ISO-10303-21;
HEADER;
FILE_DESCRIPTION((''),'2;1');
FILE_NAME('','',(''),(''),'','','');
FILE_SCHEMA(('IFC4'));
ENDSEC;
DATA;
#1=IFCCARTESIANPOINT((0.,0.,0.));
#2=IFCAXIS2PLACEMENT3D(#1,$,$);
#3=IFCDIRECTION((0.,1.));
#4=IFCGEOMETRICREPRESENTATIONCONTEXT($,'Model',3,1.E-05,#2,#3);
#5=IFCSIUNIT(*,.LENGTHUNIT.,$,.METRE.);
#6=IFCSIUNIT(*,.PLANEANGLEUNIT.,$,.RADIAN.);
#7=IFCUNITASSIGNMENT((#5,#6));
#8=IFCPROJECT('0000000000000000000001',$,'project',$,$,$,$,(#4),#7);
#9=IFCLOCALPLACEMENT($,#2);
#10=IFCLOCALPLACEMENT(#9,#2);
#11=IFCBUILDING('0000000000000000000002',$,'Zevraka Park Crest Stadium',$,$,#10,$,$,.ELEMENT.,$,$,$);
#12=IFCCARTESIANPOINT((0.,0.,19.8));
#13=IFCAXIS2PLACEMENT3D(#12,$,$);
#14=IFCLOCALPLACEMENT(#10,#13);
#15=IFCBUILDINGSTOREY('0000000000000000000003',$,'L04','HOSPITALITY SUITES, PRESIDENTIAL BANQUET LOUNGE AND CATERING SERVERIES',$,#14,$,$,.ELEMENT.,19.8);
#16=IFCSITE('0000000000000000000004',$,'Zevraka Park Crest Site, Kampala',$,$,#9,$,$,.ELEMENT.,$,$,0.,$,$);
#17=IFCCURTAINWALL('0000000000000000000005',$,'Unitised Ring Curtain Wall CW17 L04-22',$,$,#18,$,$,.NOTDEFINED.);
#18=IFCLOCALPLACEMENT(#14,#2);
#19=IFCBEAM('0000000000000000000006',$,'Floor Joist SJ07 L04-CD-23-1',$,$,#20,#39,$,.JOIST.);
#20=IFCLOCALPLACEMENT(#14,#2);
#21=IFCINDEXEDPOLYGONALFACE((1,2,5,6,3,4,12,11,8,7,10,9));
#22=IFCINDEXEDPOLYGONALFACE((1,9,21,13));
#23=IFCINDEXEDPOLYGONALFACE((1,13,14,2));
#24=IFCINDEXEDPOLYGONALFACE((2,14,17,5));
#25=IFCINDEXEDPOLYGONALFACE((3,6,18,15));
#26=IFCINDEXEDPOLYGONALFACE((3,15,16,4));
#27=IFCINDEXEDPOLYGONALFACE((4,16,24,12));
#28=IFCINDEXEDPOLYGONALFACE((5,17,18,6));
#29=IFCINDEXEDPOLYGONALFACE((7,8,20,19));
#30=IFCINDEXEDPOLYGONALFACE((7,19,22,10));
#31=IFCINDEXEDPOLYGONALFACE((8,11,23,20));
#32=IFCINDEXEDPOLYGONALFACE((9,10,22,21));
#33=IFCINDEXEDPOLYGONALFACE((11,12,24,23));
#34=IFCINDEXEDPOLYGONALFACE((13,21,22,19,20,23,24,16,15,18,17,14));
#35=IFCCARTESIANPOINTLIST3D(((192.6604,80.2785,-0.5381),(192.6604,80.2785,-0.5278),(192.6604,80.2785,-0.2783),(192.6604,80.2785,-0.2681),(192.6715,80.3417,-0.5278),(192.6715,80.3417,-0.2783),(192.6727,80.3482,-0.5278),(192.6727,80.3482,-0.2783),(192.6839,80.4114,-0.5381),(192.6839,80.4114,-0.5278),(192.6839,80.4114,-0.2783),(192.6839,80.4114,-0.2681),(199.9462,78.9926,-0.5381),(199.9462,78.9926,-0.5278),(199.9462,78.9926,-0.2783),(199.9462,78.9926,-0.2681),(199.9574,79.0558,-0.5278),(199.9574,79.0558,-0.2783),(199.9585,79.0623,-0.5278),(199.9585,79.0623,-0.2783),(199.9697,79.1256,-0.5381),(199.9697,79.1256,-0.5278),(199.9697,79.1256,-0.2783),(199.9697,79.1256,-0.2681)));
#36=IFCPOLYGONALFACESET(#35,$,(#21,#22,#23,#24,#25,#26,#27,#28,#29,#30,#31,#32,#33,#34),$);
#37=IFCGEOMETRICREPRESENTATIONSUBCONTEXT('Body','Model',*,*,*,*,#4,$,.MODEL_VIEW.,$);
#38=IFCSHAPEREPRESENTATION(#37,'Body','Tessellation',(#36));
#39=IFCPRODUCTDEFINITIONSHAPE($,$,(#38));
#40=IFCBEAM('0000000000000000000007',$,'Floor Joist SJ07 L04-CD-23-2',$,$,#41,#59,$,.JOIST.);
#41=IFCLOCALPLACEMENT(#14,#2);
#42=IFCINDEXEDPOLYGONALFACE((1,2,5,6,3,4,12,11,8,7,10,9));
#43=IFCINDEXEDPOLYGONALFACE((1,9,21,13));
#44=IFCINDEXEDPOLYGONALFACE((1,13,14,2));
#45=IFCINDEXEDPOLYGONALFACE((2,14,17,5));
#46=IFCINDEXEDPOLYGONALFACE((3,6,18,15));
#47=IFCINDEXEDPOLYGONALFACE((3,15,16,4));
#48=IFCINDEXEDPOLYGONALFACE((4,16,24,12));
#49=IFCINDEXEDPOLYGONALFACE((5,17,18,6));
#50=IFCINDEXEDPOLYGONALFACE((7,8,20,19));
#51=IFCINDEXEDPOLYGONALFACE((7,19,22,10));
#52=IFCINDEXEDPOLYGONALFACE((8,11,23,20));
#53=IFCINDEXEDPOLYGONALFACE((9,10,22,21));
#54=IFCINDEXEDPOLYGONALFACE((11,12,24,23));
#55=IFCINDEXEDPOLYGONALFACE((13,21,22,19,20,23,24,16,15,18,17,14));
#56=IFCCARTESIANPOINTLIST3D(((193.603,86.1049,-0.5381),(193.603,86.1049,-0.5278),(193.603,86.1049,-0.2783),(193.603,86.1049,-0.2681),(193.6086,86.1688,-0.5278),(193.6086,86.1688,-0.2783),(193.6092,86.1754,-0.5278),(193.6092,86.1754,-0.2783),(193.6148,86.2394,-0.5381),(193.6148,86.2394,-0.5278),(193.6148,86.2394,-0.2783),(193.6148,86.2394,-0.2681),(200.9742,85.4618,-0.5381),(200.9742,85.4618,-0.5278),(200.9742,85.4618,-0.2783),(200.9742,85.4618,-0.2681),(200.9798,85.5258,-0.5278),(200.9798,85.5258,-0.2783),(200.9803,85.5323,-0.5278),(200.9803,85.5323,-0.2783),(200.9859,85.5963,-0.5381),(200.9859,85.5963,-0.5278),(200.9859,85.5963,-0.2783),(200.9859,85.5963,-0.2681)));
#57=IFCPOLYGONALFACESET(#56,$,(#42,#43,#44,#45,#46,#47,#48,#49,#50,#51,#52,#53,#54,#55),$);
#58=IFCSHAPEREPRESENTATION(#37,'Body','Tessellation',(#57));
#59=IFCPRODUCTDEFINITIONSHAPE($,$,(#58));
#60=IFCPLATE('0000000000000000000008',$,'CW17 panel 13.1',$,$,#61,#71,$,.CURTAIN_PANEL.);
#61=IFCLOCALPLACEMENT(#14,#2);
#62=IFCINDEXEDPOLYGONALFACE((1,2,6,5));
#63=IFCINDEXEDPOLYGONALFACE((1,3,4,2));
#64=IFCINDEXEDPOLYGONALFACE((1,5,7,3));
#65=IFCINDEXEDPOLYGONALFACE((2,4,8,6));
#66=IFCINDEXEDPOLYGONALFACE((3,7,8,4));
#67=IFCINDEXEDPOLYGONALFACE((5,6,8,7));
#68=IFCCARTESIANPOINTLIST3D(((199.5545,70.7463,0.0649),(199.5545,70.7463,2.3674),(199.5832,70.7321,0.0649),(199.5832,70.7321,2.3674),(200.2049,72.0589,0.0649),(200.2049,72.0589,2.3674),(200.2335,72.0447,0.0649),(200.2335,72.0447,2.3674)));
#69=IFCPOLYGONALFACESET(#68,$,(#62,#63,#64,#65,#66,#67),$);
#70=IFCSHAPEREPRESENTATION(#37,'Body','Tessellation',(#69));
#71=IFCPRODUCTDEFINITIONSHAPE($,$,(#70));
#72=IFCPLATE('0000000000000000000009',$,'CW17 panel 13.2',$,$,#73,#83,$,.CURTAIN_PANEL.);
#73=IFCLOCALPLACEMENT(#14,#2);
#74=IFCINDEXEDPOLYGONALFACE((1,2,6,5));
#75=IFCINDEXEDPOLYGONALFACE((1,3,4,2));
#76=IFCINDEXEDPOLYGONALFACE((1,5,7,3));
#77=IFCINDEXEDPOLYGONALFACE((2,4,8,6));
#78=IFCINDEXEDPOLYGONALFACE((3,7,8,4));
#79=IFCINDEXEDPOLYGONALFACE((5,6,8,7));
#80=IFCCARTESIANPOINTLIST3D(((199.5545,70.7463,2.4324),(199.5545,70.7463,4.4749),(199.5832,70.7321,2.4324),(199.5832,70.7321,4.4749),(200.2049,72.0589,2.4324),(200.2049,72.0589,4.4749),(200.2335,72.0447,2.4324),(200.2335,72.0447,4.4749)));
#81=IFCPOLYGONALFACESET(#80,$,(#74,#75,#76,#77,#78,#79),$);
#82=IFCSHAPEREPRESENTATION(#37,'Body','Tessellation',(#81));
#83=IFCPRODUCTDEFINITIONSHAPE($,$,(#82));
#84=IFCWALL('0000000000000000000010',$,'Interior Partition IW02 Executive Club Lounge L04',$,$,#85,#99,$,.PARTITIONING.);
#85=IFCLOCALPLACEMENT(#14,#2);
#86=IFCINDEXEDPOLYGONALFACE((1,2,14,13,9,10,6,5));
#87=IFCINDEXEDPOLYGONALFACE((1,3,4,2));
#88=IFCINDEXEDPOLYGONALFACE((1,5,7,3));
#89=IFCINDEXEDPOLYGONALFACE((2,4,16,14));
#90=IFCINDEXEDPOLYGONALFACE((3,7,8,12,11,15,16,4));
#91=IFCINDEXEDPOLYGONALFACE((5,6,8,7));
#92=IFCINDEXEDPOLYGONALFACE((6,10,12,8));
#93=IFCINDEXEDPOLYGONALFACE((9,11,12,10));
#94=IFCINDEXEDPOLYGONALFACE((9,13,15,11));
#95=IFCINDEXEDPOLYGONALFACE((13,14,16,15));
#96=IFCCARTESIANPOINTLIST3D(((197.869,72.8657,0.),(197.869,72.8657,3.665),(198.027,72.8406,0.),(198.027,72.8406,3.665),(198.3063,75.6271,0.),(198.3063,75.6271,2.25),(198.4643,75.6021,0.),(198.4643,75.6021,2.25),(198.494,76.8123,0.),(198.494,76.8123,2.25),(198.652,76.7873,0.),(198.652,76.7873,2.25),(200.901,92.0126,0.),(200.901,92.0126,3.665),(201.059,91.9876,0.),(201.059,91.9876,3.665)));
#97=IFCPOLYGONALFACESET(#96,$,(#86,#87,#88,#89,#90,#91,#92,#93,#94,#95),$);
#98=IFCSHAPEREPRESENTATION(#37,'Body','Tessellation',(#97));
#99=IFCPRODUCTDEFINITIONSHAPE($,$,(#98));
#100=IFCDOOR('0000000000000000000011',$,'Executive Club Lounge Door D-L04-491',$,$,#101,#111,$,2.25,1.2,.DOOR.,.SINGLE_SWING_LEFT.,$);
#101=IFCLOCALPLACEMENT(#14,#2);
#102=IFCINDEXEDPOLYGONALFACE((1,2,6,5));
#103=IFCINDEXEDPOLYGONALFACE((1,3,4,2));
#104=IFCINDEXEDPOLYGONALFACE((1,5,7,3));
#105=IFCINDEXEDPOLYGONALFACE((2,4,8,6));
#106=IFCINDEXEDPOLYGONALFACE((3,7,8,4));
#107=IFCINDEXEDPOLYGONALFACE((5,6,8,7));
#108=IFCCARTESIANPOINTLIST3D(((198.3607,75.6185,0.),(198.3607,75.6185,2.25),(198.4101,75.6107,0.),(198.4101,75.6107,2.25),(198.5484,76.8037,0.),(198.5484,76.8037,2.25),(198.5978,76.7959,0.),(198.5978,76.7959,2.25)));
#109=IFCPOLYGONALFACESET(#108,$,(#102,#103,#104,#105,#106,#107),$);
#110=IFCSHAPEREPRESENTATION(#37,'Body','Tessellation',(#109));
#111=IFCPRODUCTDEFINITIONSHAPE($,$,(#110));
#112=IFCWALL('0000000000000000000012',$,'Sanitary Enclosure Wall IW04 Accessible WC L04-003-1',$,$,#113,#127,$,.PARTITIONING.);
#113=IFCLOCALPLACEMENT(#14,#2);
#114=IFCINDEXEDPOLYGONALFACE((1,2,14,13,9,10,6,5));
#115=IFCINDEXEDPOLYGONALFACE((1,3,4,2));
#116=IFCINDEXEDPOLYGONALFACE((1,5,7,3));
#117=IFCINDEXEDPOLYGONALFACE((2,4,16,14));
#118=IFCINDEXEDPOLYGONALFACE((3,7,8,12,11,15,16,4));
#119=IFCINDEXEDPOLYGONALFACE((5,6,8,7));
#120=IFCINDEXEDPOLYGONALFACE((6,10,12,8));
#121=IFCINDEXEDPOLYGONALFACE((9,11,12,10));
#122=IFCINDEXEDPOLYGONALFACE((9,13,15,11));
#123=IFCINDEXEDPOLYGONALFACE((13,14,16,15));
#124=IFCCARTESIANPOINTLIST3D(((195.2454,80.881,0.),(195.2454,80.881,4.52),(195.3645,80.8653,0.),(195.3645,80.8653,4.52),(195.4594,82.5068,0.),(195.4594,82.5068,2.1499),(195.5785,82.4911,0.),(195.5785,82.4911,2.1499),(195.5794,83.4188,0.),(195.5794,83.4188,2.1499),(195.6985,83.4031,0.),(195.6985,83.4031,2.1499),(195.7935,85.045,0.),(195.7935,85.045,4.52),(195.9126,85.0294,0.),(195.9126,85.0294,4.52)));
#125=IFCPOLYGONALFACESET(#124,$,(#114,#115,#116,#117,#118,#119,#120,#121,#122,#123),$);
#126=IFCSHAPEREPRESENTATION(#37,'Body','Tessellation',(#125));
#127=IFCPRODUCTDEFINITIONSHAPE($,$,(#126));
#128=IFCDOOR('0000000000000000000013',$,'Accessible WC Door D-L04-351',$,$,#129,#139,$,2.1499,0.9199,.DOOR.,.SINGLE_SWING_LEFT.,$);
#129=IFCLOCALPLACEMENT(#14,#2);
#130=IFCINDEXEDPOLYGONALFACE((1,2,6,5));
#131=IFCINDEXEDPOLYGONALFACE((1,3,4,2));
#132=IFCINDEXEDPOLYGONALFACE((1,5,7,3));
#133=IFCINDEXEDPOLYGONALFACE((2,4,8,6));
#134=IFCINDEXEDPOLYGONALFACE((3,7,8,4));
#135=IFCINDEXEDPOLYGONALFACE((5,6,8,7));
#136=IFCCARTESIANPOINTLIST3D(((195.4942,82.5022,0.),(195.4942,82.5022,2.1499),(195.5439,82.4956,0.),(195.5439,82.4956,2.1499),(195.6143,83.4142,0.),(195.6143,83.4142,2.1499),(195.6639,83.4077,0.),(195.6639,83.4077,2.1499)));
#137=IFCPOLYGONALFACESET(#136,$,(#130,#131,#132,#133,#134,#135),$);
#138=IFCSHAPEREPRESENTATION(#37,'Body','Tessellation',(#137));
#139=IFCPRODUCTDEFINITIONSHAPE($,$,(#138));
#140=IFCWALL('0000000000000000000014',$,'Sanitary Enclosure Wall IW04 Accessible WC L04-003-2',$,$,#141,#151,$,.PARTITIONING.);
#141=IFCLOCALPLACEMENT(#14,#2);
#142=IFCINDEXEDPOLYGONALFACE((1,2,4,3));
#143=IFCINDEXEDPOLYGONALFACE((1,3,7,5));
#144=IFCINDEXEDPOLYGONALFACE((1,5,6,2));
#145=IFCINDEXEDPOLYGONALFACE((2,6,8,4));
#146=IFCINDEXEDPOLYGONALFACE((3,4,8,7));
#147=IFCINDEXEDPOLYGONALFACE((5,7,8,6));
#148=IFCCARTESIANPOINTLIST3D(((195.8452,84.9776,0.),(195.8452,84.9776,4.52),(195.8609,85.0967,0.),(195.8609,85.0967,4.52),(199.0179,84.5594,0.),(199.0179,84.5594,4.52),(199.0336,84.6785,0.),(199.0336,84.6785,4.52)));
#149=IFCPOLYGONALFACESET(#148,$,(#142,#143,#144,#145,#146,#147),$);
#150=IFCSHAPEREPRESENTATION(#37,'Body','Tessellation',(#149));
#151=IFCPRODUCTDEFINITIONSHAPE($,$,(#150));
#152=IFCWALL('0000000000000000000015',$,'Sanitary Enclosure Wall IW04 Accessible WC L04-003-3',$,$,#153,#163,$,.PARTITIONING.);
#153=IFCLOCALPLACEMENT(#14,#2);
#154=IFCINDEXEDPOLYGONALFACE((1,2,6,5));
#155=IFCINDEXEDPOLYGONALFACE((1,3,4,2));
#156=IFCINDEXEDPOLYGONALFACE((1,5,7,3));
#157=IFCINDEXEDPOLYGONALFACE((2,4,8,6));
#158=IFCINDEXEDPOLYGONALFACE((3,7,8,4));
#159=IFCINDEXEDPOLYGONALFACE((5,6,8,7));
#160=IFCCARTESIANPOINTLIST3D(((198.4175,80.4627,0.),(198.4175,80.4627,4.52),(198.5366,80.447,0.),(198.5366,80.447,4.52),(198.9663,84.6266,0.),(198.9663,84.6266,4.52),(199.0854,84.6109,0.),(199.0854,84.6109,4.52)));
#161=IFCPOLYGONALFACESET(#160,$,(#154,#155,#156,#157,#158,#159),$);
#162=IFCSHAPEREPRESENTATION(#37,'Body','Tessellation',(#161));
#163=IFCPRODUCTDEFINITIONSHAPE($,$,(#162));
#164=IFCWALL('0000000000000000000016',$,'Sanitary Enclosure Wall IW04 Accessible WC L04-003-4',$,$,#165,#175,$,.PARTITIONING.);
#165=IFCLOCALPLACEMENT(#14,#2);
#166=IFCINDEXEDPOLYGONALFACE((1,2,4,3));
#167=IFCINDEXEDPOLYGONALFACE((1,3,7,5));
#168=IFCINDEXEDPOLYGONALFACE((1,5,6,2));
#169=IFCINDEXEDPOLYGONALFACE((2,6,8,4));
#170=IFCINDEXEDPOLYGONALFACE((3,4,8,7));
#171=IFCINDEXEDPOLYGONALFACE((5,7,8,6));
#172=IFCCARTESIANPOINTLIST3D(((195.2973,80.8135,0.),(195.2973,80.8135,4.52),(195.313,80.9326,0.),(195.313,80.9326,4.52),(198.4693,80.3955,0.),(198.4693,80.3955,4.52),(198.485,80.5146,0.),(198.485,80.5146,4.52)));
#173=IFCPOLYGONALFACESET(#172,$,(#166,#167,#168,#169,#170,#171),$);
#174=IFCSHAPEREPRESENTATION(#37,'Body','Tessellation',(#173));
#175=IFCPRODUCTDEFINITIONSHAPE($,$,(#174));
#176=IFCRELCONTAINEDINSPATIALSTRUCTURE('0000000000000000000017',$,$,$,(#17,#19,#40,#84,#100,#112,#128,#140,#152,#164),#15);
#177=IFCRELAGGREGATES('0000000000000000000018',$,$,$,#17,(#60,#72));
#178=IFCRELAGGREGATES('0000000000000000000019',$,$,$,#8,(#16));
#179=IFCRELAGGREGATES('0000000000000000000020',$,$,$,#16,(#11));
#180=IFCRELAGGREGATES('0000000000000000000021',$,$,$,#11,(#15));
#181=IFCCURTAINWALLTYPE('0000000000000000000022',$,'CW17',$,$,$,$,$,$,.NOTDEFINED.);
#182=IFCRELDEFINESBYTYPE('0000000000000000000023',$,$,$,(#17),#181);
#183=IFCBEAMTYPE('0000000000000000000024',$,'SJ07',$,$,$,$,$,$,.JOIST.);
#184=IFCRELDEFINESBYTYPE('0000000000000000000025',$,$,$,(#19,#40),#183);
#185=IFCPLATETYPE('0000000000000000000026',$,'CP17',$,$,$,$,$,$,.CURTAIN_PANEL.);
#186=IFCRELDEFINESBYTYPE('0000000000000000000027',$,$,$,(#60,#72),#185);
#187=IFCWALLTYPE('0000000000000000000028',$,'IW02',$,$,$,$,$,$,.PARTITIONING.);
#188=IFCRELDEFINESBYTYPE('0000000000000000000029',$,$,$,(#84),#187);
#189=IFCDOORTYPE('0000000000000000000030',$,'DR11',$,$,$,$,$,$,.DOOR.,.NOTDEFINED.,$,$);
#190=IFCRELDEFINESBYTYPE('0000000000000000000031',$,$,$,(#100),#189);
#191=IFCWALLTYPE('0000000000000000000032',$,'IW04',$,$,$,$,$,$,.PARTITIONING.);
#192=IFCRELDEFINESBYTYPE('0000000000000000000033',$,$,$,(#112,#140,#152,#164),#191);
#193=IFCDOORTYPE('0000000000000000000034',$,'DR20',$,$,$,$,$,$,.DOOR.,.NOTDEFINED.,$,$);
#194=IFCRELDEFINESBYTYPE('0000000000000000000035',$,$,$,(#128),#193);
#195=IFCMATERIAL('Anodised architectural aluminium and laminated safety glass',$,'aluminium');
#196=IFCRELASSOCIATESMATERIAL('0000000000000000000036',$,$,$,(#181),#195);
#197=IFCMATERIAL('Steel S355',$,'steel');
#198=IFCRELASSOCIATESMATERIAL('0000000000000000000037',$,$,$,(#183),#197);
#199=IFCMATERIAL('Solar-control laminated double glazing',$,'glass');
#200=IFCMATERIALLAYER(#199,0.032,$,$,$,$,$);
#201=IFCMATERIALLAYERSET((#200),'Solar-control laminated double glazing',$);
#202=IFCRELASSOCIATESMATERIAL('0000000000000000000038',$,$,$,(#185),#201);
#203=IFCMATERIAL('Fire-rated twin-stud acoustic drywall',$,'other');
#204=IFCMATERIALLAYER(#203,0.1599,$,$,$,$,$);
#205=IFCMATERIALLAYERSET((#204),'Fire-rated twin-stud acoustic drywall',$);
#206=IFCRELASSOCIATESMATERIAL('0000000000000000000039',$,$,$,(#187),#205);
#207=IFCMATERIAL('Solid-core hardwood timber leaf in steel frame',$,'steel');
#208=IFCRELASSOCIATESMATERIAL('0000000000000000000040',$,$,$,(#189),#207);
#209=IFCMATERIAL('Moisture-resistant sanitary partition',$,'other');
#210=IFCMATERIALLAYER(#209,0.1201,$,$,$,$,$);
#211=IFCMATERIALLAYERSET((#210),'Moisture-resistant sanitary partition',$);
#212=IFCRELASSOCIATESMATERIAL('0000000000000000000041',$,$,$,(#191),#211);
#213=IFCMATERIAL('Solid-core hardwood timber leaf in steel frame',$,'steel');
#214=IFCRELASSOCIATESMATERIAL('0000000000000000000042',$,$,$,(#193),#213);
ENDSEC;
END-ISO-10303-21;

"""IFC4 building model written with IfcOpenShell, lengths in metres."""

from ifc_helpers import new_model, si_unit, direction, frame, frame_2d, origin, origin_2d, place, context, subcontext, project, spatial, rectangle, i_section, extrude, material, layer, layer_set, material_profile, profile_set, type_object, element, fill, aggregate, save


model = new_model("IFC4")

# Units and contexts
model_context = context("Model", 3, precision=1e-05, world=origin(), true_north=direction((0.0, 1.0)))
body_context = subcontext(model_context, "Body", "Model", "MODEL_VIEW")
ifc_project = project(units=[si_unit("LENGTHUNIT", "METRE"), si_unit("PLANEANGLEUNIT", "RADIAN")], contexts=[model_context])

# Site, building, storey
site_placement = place(None, origin())
site = spatial("IfcSite", under=ifc_project, at=site_placement, Name="Zevraka Park Crest Site, Kampala", CompositionType="ELEMENT", RefElevation=0.0)
building_placement = place(site_placement, origin())
building = spatial("IfcBuilding", under=site, at=building_placement, Name="Zevraka Park Crest Stadium", CompositionType="ELEMENT")
storey_placement = place(building_placement, frame((0.0, 0.0, 19.8)))
storey = spatial("IfcBuildingStorey", under=building, at=storey_placement, Name="L04", Description="HOSPITALITY SUITES, PRESIDENTIAL BANQUET LOUNGE AND CATERING SERVERIES", CompositionType="ELEMENT", Elevation=19.8)

# Curtain wall
ifc_material_1 = material(Name="Anodised architectural aluminium and laminated safety glass", Category="aluminium")
curtain_wall_type_1 = type_object("IfcCurtainWallType", Name="CW17", PredefinedType="NOTDEFINED", material=ifc_material_1)
curtain_wall_1_placement = place(storey_placement, origin())
curtain_wall_1 = element("IfcCurtainWall", 1, at=curtain_wall_1_placement, inside=storey, type_object=curtain_wall_type_1, Name="Unitised Ring Curtain Wall CW17 L04-22", PredefinedType="NOTDEFINED")

# Beams
ifc_material_2 = material(Name="Steel S355", Category="steel")
ifc_material_profile_1 = material_profile(ifc_material_2, i_section(OverallWidth=0.135, OverallDepth=0.27, WebThickness=0.0066, FlangeThickness=0.0103, at=origin_2d()), Name="IPE 270")
ifc_profile_set_1 = profile_set([ifc_material_profile_1], Name="Steel S355")
beam_type_1 = type_object("IfcBeamType", Name="SJ07", PredefinedType="JOIST", material=ifc_profile_set_1)
beam_1_placement = place(storey_placement, frame((192.6721, 80.345, -0.4031), z_axis=(0.98478, -0.173804, 0.0), x_axis=(0.173804, 0.98478, 0.0)))
element("IfcBeam", 2, at=beam_1_placement, inside=storey, type_object=beam_type_1, Name="Floor Joist SJ07 L04-CD-23-1", PredefinedType="JOIST", context=body_context, shape_type="SweptSolid", body=[
    extrude(i_section(OverallWidth=0.135, OverallDepth=0.27, WebThickness=0.0066, FlangeThickness=0.0103, at=origin_2d()), origin(), (0.0, 0.0, 1.0), 7.3984),
])
beam_2_placement = place(storey_placement, frame((193.6089, 86.1721, -0.4031), z_axis=(0.996216, -0.086912, 0.0), x_axis=(0.086912, 0.996216, 0.0)))
element("IfcBeam", 3, at=beam_2_placement, inside=storey, type_object=beam_type_1, Name="Floor Joist SJ07 L04-CD-23-2", PredefinedType="JOIST", context=body_context, shape_type="SweptSolid", body=[
    extrude(i_section(OverallWidth=0.135, OverallDepth=0.27, WebThickness=0.0066, FlangeThickness=0.0103, at=origin_2d()), origin(), (0.0, 0.0, 1.0), 7.3992),
])

# Plates
ifc_material_3 = material(Name="Solar-control laminated double glazing", Category="glass")
ifc_layer_1 = layer(ifc_material_3, 0.032)
ifc_layer_set_1 = layer_set([ifc_layer_1], Name="Solar-control laminated double glazing")
plate_type = type_object("IfcPlateType", Name="CP17", PredefinedType="CURTAIN_PANEL", material=ifc_layer_set_1)
plate_1_placement = place(storey_placement, frame((199.894, 71.3955, 0.0649), z_axis=(0.0, 0.0, 1.0), x_axis=(0.443961, 0.896046, 0.0)))
plate_1 = element("IfcPlate", 4, at=plate_1_placement, type_object=plate_type, Name="CW17 panel 13.1", PredefinedType="CURTAIN_PANEL", context=body_context, shape_type="SweptSolid", body=[
    extrude(rectangle(XDim=1.4648, YDim=0.032, at=origin_2d()), origin(), (0.0, 0.0, 1.0), 2.3025),
])
plate_2_placement = place(storey_placement, frame((199.894, 71.3955, 2.4324), z_axis=(0.0, 0.0, 1.0), x_axis=(0.443961, 0.896046, 0.0)))
plate_2 = element("IfcPlate", 5, at=plate_2_placement, type_object=plate_type, Name="CW17 panel 13.2", PredefinedType="CURTAIN_PANEL", context=body_context, shape_type="SweptSolid", body=[
    extrude(rectangle(XDim=1.4648, YDim=0.032, at=origin_2d()), origin(), (0.0, 0.0, 1.0), 2.0425),
])
aggregate(curtain_wall_1, [plate_1, plate_2])

# Walls, openings, doors
ifc_material_4 = material(Name="Fire-rated twin-stud acoustic drywall", Category="other")
ifc_layer_2 = layer(ifc_material_4, 0.1599)
ifc_layer_set_2 = layer_set([ifc_layer_2], Name="Fire-rated twin-stud acoustic drywall")
wall_type_1 = type_object("IfcWallType", Name="IW02", PredefinedType="PARTITIONING", material=ifc_layer_set_2)
wall_1_placement = place(storey_placement, frame((197.948, 72.853, 0.0), z_axis=(0.0, 0.0, 1.0), x_axis=(0.156404, 0.987693, 0.0)))
wall_1 = element("IfcWall", 6, at=wall_1_placement, inside=storey, type_object=wall_type_1, Name="Interior Partition IW02 Executive Club Lounge L04", PredefinedType="PARTITIONING", context=body_context, shape_type="SweptSolid", body=[
    extrude(rectangle(XDim=19.3855, YDim=0.1599, at=frame_2d((9.6929, 0.0))), origin(), (0.0, 0.0, 1.0), 3.665),
])
opening_1_placement = place(wall_1_placement, frame((2.7959, 0.0, 0.0)))
opening_1 = element("IfcOpeningElement", 7, at=opening_1_placement, cuts=wall_1, PredefinedType="OPENING", context=body_context, shape_type="SweptSolid", body=[
    extrude(rectangle(XDim=1.2, YDim=2.25, at=frame_2d((0.6001, 1.125))), frame((0.0, 0.0898, 0.0), z_axis=(0.0, -1.0, 0.0), x_axis=(1.0, 0.0, 0.0)), (0.0, 0.0, 1.0), 0.1799),
])
ifc_material_5 = material(Name="Solid-core hardwood timber leaf in steel frame", Category="steel")
door_type_1 = type_object("IfcDoorType", Name="DR11", OperationType="NOTDEFINED", PredefinedType="DOOR", material=ifc_material_5)
door_1_placement = place(opening_1_placement, origin())
door_1 = element("IfcDoor", 8, at=door_1_placement, inside=storey, type_object=door_type_1, Name="Executive Club Lounge Door D-L04-491", OperationType="SINGLE_SWING_LEFT", OverallHeight=2.25, OverallWidth=1.2, PredefinedType="DOOR", context=body_context, shape_type="SweptSolid", body=[
    extrude(rectangle(XDim=1.2, YDim=2.25, at=frame_2d((0.6001, 1.125))), frame((0.0, 0.0249, 0.0), z_axis=(0.0, -1.0, 0.0), x_axis=(1.0, 0.0, 0.0)), (0.0, 0.0, 1.0), 0.05),
])
fill(opening_1, door_1)
ifc_material_6 = material(Name="Moisture-resistant sanitary partition", Category="other")
ifc_layer_3 = layer(ifc_material_6, 0.1201)
ifc_layer_set_3 = layer_set([ifc_layer_3], Name="Moisture-resistant sanitary partition")
wall_type_2 = type_object("IfcWallType", Name="IW04", PredefinedType="PARTITIONING", material=ifc_layer_set_3)
wall_2_placement = place(storey_placement, frame((195.3049, 80.873, 0.0), z_axis=(0.0, 0.0, 1.0), x_axis=(0.1305, 0.991448, 0.0)))
wall_2 = element("IfcWall", 9, at=wall_2_placement, inside=storey, type_object=wall_type_2, Name="Sanitary Enclosure Wall IW04 Accessible WC L04-003-1", PredefinedType="PARTITIONING", context=body_context, shape_type="SweptSolid", body=[
    extrude(rectangle(XDim=4.2, YDim=0.1201, at=frame_2d((2.1001, 0.0))), origin(), (0.0, 0.0, 1.0), 4.52),
])
opening_2_placement = place(wall_2_placement, frame((1.6399, 0.0, 0.0)))
opening_2 = element("IfcOpeningElement", 10, at=opening_2_placement, cuts=wall_2, PredefinedType="OPENING", context=body_context, shape_type="SweptSolid", body=[
    extrude(rectangle(XDim=0.9199, YDim=2.1499, at=frame_2d((0.46, 1.075))), frame((0.0, 0.0701, 0.0), z_axis=(0.0, -1.0, 0.0), x_axis=(1.0, 0.0, 0.0)), (0.0, 0.0, 1.0), 0.1401),
])
ifc_material_7 = material(Name="Solid-core hardwood timber leaf in steel frame", Category="steel")
door_type_2 = type_object("IfcDoorType", Name="DR20", OperationType="NOTDEFINED", PredefinedType="DOOR", material=ifc_material_7)
door_2_placement = place(opening_2_placement, origin())
door_2 = element("IfcDoor", 11, at=door_2_placement, inside=storey, type_object=door_type_2, Name="Accessible WC Door D-L04-351", OperationType="SINGLE_SWING_LEFT", OverallHeight=2.1499, OverallWidth=0.9199, PredefinedType="DOOR", context=body_context, shape_type="SweptSolid", body=[
    extrude(rectangle(XDim=0.9199, YDim=2.1499, at=frame_2d((0.46, 1.075))), frame((0.0, 0.0249, 0.0), z_axis=(0.0, -1.0, 0.0), x_axis=(1.0, 0.0, 0.0)), (0.0, 0.0, 1.0), 0.05),
])
fill(opening_2, door_2)

# Walls
wall_3_placement = place(storey_placement, frame((195.853, 85.0371, 0.0), z_axis=(0.0, 0.0, 1.0), x_axis=(0.991425, -0.130679, 0.0)))
element("IfcWall", 12, at=wall_3_placement, inside=storey, type_object=wall_type_2, Name="Sanitary Enclosure Wall IW04 Accessible WC L04-003-2", PredefinedType="PARTITIONING", context=body_context, shape_type="SweptSolid", body=[
    extrude(rectangle(XDim=3.2002, YDim=0.1201, at=frame_2d((1.6001, 0.0))), origin(), (0.0, 0.0, 1.0), 4.52),
])
wall_4_placement = place(storey_placement, frame((199.0259, 84.6189, 0.0), z_axis=(0.0, 0.0, 1.0), x_axis=(-0.130679, -0.991425, 0.0)))
element("IfcWall", 13, at=wall_4_placement, inside=storey, type_object=wall_type_2, Name="Sanitary Enclosure Wall IW04 Accessible WC L04-003-3", PredefinedType="PARTITIONING", context=body_context, shape_type="SweptSolid", body=[
    extrude(rectangle(XDim=4.2, YDim=0.1201, at=frame_2d((2.1001, 0.0))), origin(), (0.0, 0.0, 1.0), 4.52),
])
wall_5_placement = place(storey_placement, frame((198.4771, 80.4551, 0.0), z_axis=(0.0, 0.0, 1.0), x_axis=(-0.991431, 0.130634, 0.0)))
element("IfcWall", 14, at=wall_5_placement, inside=storey, type_object=wall_type_2, Name="Sanitary Enclosure Wall IW04 Accessible WC L04-003-4", PredefinedType="PARTITIONING", context=body_context, shape_type="SweptSolid", body=[
    extrude(rectangle(XDim=3.1995, YDim=0.1201, at=frame_2d((1.5996, 0.0))), origin(), (0.0, 0.0, 1.0), 4.52),
])

save(model, "model.ifc")
